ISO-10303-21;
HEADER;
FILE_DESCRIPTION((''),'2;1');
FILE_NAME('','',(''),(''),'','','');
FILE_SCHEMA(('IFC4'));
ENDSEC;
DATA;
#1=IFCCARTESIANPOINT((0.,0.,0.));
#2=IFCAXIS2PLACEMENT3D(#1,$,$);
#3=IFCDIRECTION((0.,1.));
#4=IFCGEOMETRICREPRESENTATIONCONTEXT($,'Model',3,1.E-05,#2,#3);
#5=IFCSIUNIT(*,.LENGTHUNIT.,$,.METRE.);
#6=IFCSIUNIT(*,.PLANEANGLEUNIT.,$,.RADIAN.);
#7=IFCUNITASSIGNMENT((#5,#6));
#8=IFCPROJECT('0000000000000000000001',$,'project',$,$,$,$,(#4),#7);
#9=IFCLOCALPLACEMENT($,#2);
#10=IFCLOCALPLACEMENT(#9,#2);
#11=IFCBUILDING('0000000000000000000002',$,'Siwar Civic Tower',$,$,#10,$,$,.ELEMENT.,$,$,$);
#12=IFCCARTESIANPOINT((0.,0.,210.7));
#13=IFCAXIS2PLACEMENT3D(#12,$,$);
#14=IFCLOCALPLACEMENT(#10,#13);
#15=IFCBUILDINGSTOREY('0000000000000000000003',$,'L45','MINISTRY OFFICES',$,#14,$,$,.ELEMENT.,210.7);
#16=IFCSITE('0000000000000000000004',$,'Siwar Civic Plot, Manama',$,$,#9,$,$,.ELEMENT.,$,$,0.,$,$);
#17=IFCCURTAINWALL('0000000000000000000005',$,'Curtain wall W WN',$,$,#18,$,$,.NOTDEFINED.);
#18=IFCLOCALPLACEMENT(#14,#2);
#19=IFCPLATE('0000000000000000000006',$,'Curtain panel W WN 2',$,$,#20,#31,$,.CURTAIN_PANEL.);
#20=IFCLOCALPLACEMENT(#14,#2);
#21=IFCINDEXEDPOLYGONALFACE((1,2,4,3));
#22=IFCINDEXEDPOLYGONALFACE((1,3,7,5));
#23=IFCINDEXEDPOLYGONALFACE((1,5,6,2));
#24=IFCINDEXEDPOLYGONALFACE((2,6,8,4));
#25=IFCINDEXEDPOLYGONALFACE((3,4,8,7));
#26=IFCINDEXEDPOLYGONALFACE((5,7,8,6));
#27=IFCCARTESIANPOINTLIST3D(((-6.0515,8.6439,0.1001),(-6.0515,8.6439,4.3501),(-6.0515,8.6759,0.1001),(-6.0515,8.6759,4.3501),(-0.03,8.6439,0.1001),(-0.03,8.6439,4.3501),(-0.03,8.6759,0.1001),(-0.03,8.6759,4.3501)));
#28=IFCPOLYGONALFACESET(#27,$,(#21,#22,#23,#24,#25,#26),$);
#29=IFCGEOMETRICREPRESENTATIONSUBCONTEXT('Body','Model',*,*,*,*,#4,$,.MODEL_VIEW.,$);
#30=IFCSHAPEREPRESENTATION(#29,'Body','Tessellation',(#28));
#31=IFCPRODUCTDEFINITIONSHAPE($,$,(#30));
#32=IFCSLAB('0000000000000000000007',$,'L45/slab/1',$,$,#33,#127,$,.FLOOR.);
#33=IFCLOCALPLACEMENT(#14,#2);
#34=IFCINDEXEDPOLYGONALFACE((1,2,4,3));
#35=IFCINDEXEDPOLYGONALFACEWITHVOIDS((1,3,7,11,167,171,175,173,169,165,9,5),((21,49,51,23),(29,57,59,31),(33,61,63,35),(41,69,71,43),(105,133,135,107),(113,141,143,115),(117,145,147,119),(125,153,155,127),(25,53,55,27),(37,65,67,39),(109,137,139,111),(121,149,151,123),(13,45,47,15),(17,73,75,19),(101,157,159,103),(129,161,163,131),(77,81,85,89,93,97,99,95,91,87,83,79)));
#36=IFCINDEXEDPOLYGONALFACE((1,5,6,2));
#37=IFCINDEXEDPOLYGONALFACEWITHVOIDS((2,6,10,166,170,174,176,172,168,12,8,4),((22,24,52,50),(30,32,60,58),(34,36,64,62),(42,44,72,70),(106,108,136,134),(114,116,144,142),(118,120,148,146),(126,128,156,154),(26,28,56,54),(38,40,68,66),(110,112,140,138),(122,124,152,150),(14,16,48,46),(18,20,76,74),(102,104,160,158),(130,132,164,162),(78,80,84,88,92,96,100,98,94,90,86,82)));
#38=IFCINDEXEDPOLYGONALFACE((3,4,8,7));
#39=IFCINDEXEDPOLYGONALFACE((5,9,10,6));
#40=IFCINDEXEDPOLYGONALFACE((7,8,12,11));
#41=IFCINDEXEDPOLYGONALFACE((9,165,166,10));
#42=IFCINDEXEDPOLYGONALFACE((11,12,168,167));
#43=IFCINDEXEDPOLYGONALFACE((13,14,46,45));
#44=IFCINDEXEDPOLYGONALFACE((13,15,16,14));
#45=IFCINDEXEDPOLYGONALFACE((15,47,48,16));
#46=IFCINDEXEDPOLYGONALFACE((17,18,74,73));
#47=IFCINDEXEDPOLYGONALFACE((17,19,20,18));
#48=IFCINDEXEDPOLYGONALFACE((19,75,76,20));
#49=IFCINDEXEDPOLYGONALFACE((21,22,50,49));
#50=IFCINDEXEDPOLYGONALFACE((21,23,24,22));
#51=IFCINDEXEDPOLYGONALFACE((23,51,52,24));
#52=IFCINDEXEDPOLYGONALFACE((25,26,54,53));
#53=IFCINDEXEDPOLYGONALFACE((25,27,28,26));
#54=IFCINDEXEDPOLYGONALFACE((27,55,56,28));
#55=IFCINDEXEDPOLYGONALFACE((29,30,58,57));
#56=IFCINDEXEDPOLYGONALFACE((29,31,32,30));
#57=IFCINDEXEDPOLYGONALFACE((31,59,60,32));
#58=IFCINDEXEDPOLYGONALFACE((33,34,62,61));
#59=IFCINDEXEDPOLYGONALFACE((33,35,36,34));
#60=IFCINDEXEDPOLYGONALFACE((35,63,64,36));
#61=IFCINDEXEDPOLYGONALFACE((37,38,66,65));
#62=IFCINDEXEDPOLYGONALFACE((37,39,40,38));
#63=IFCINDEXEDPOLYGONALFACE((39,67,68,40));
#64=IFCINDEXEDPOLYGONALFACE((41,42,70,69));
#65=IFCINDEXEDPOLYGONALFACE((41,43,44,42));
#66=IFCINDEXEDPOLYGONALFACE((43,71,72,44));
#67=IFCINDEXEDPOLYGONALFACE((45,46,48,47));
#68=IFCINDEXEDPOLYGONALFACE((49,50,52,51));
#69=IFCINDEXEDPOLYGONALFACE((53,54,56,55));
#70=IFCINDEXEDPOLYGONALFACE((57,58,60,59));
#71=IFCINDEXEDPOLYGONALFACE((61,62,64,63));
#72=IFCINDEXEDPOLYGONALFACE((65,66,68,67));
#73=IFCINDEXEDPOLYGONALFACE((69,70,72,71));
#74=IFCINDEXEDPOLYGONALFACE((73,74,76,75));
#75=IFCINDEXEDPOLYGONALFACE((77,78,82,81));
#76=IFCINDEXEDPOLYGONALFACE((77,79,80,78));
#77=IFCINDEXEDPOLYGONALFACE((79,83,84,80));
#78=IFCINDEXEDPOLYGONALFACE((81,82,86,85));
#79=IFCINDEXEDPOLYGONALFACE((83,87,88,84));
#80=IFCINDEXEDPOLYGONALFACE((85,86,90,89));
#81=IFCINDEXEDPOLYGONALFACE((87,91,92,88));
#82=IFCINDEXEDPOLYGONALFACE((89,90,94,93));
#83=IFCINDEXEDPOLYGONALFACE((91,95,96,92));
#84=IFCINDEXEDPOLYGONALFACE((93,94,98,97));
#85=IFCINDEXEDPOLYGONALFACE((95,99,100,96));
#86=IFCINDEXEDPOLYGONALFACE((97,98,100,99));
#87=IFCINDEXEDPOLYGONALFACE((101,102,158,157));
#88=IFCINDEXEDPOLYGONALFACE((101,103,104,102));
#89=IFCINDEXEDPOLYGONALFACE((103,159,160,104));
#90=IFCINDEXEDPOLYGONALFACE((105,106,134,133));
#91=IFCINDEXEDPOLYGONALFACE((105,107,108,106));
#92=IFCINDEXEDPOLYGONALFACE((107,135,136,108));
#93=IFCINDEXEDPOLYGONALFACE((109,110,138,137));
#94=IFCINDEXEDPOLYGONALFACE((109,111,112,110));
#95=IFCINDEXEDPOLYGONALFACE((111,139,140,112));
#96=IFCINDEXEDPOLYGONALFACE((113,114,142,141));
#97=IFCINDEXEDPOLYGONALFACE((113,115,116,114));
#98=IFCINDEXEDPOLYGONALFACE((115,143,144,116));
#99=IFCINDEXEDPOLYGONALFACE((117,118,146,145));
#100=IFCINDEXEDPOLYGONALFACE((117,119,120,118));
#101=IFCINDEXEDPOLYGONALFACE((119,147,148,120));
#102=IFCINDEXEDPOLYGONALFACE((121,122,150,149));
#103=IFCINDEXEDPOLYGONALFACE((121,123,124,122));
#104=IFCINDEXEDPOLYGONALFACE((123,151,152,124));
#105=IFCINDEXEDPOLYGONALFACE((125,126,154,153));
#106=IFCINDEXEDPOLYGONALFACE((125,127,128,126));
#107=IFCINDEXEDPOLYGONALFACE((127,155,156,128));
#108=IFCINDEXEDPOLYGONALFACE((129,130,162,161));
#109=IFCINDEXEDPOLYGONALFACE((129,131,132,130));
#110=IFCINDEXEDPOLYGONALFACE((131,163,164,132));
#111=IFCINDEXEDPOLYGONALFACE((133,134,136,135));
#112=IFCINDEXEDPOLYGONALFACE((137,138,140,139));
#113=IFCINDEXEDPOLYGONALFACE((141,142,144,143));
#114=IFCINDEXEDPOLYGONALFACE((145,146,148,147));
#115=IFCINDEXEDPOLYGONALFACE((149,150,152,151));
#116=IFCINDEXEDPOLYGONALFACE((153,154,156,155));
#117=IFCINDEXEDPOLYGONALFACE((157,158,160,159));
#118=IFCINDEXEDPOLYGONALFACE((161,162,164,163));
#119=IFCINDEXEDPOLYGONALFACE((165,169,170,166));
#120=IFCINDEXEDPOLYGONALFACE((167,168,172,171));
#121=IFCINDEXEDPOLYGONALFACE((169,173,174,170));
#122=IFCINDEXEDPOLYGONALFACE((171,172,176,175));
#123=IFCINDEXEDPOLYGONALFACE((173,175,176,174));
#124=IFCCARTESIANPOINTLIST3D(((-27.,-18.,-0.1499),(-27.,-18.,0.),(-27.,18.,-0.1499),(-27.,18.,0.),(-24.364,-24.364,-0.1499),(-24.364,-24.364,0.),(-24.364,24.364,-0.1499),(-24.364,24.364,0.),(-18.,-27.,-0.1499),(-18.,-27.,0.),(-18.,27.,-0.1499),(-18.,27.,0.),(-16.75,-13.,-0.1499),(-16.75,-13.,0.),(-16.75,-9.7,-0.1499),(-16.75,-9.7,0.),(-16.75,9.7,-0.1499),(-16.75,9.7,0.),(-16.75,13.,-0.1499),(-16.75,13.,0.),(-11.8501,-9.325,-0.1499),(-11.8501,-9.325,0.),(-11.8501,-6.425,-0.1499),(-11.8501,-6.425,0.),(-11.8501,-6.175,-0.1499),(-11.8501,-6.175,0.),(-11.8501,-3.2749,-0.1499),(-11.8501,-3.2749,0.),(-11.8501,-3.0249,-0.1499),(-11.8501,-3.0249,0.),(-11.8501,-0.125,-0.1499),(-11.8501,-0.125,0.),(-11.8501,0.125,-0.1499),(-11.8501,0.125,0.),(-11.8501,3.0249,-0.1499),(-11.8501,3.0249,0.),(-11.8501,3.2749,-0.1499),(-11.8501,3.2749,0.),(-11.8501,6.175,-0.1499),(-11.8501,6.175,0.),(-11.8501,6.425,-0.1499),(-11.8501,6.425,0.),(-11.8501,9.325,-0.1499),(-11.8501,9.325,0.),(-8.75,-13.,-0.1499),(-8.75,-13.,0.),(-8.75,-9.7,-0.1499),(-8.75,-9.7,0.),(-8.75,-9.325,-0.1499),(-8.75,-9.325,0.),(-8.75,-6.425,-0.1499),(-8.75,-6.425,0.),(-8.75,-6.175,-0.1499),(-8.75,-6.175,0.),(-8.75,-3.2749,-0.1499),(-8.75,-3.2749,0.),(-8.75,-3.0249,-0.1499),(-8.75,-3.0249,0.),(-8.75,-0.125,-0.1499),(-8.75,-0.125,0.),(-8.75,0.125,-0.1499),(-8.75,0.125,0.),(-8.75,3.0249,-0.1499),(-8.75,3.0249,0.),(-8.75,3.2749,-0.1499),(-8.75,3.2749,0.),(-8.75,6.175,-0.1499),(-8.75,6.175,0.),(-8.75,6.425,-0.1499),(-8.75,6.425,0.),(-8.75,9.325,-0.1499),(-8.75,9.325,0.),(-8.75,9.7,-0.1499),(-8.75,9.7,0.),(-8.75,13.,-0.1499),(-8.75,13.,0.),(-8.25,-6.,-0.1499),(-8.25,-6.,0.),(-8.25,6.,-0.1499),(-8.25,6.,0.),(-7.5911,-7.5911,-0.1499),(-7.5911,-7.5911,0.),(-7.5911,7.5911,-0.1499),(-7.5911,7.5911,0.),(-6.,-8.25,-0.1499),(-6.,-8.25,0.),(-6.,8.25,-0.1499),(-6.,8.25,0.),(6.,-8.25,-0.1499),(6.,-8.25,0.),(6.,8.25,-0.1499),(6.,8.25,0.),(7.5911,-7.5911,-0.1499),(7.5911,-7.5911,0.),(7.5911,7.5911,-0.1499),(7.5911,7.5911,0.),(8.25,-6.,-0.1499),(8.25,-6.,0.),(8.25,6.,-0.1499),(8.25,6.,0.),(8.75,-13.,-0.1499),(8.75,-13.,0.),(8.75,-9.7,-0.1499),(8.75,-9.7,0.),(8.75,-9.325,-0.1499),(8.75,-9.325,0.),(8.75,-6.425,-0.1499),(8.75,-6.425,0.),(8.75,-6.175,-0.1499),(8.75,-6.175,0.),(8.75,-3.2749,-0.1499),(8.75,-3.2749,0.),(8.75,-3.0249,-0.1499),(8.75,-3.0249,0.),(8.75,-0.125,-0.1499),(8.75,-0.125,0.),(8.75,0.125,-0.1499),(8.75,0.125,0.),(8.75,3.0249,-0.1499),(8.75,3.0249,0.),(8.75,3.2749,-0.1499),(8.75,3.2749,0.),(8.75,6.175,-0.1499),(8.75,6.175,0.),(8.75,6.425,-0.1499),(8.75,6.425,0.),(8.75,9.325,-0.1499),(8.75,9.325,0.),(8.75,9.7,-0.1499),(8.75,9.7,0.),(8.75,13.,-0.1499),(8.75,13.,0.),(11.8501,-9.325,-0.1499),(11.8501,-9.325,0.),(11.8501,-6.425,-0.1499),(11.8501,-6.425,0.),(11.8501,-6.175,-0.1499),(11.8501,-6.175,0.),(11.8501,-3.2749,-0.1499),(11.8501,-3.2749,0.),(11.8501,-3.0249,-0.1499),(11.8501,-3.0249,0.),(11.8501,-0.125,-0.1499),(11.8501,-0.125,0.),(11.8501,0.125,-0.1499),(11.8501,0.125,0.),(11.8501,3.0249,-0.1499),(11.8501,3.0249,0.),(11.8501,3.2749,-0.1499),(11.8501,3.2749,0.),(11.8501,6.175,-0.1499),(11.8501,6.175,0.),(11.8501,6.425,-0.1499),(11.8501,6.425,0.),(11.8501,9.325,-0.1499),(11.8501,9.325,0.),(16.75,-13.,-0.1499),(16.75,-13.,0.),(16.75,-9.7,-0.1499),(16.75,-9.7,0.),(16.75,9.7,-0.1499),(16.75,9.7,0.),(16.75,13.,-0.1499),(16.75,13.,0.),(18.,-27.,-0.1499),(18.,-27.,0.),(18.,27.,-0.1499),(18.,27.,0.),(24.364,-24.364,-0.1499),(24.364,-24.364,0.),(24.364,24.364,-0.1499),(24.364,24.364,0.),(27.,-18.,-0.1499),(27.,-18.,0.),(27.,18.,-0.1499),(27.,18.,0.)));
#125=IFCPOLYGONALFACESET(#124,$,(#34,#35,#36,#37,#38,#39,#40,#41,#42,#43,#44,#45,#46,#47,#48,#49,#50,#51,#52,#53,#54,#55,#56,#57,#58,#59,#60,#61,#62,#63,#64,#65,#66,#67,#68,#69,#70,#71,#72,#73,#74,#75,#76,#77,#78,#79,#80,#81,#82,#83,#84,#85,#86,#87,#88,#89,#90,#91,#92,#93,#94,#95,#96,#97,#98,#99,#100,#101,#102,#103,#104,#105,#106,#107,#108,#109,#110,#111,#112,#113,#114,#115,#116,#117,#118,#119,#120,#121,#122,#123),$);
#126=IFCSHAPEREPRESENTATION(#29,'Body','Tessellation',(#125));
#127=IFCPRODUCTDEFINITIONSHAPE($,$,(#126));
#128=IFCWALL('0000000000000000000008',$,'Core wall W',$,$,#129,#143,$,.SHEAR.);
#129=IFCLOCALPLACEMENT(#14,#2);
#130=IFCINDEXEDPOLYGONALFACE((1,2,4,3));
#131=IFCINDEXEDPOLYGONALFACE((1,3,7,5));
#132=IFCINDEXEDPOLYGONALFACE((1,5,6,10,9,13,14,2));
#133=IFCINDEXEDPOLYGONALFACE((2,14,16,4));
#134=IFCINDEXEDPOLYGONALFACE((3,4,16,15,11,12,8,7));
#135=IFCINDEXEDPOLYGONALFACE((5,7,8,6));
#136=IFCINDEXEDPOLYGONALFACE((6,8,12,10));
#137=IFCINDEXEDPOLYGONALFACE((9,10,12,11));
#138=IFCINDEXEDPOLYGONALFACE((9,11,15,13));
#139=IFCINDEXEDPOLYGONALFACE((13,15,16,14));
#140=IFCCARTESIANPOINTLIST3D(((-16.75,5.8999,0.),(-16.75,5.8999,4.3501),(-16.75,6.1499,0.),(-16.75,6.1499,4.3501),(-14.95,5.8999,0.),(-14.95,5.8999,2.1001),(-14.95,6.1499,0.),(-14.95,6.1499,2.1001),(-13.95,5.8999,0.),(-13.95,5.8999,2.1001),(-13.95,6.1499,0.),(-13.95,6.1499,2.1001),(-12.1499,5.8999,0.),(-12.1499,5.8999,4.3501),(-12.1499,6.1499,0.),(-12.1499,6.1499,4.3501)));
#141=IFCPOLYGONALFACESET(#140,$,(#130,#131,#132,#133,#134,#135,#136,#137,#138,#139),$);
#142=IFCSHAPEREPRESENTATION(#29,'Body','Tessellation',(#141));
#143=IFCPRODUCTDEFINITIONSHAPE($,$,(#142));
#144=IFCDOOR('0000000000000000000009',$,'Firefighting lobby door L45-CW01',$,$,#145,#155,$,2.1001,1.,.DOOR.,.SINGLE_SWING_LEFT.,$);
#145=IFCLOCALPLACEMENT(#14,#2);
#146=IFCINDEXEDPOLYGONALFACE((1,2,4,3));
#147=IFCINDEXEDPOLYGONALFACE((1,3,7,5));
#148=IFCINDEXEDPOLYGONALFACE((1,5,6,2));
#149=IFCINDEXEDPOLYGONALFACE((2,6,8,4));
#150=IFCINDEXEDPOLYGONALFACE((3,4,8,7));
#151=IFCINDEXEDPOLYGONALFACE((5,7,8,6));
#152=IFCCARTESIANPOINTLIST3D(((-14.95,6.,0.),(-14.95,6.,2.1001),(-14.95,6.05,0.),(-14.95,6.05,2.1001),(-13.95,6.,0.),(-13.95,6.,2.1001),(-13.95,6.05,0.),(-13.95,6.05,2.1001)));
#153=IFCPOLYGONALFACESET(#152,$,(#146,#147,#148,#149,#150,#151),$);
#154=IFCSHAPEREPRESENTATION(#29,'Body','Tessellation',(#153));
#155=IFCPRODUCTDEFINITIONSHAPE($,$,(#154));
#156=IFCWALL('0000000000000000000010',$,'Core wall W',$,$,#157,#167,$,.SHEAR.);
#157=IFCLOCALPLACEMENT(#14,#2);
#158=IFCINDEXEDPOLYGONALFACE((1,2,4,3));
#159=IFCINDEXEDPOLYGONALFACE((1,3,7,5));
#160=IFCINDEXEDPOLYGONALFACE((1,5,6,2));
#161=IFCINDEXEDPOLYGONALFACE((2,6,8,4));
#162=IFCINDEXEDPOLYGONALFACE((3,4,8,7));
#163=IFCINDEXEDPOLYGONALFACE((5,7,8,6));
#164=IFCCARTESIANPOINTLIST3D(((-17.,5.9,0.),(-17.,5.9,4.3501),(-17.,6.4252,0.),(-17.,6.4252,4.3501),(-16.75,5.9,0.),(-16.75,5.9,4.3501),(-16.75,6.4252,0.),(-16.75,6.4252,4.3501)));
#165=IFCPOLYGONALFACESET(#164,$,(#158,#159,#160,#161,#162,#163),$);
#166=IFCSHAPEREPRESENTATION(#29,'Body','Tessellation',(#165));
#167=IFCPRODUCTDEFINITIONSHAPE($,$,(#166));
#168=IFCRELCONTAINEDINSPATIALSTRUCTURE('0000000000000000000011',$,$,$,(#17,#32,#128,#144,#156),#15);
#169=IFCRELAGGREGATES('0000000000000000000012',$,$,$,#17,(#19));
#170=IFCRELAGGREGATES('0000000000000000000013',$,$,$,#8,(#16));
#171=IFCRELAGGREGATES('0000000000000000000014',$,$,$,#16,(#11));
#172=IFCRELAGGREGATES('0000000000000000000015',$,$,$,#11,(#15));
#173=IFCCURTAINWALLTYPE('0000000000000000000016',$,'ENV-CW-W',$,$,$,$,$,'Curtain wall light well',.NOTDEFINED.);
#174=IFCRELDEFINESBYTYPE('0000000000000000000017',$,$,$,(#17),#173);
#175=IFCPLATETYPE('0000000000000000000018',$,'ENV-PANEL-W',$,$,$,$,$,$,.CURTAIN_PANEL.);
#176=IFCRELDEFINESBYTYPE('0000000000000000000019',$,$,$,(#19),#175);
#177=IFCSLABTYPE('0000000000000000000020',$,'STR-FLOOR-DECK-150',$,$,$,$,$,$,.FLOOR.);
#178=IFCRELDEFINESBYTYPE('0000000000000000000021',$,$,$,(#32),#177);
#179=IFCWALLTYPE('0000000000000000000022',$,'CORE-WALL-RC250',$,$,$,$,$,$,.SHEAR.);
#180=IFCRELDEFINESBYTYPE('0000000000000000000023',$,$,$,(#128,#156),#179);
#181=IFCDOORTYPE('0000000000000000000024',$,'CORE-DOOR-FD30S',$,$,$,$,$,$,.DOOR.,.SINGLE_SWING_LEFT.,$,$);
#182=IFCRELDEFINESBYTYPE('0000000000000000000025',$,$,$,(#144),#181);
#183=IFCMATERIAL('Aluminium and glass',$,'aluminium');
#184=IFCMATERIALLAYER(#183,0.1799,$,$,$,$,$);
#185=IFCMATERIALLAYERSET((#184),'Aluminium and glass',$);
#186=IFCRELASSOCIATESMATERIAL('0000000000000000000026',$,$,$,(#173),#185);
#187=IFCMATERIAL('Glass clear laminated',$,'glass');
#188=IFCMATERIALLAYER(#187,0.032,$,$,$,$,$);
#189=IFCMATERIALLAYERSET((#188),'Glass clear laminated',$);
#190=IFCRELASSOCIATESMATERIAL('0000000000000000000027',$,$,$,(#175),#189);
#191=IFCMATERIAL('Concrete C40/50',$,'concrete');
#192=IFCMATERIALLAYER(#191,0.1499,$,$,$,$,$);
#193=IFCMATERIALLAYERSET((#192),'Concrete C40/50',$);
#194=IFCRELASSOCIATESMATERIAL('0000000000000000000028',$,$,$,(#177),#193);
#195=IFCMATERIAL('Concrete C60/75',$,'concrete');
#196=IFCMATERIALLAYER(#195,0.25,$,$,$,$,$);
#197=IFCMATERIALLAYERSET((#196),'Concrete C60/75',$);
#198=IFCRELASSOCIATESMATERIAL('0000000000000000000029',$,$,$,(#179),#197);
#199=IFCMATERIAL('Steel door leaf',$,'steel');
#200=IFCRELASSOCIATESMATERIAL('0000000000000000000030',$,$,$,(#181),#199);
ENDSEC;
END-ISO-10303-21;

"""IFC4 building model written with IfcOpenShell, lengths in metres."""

from ifc_helpers import new_model, si_unit, direction, frame, frame_2d, origin, origin_2d, place, context, subcontext, project, spatial, polyline, rectangle, outline, extrude, material, layer, layer_set, type_object, element, fill, aggregate, save


model = new_model("IFC4")

# Units and contexts
model_context = context("Model", 3, precision=1e-05, world=origin(), true_north=direction((0.0, 1.0)))
body_context = subcontext(model_context, "Body", "Model", "MODEL_VIEW")
ifc_project = project(units=[si_unit("LENGTHUNIT", "METRE"), si_unit("PLANEANGLEUNIT", "RADIAN")], contexts=[model_context])

# Site, building, storey
site_placement = place(None, origin())
site = spatial("IfcSite", under=ifc_project, at=site_placement, Name="Siwar Civic Plot, Manama", CompositionType="ELEMENT", RefElevation=0.0)
building_placement = place(site_placement, origin())
building = spatial("IfcBuilding", under=site, at=building_placement, Name="Siwar Civic Tower", CompositionType="ELEMENT")
storey_placement = place(building_placement, frame((0.0, 0.0, 210.7)))
storey = spatial("IfcBuildingStorey", under=building, at=storey_placement, Name="L45", Description="MINISTRY OFFICES", CompositionType="ELEMENT", Elevation=210.7)

# Curtain wall
ifc_material_1 = material(Name="Aluminium and glass", Category="aluminium")
ifc_layer_1 = layer(ifc_material_1, 0.1799)
ifc_layer_set_1 = layer_set([ifc_layer_1], Name="Aluminium and glass")
curtain_wall_type = type_object("IfcCurtainWallType", Name="ENV-CW-W", ElementType="Curtain wall light well", PredefinedType="NOTDEFINED", material=ifc_layer_set_1)
curtain_wall_placement = place(storey_placement, origin())
curtain_wall = element("IfcCurtainWall", 1, at=curtain_wall_placement, inside=storey, type_object=curtain_wall_type, Name="Curtain wall W WN", PredefinedType="NOTDEFINED")

# Plate
ifc_material_2 = material(Name="Glass clear laminated", Category="glass")
ifc_layer_2 = layer(ifc_material_2, 0.032)
ifc_layer_set_2 = layer_set([ifc_layer_2], Name="Glass clear laminated")
plate_type = type_object("IfcPlateType", Name="ENV-PANEL-W", PredefinedType="CURTAIN_PANEL", material=ifc_layer_set_2)
plate_placement = place(storey_placement, frame((-3.0408, 8.6599, 0.1001), z_axis=(0.0, 0.0, 1.0), x_axis=(-1.0, 0.0, 0.0)))
plate = element("IfcPlate", 2, at=plate_placement, type_object=plate_type, Name="Curtain panel W WN 2", PredefinedType="CURTAIN_PANEL", context=body_context, shape_type="SweptSolid", body=[
    extrude(rectangle(XDim=6.0215, YDim=0.032, at=origin_2d()), origin(), (0.0, 0.0, 1.0), 4.25),
])
aggregate(curtain_wall, [plate])

# Slab
ifc_material_3 = material(Name="Concrete C40/50", Category="concrete")
ifc_layer_3 = layer(ifc_material_3, 0.1499)
ifc_layer_set_3 = layer_set([ifc_layer_3], Name="Concrete C40/50")
slab_type = type_object("IfcSlabType", Name="STR-FLOOR-DECK-150", PredefinedType="FLOOR", material=ifc_layer_set_3)
slab_placement = place(storey_placement, frame((0.0, 0.0, -0.1499)))
element("IfcSlab", 3, at=slab_placement, inside=storey, type_object=slab_type, Name="L45/slab/1", PredefinedType="FLOOR", context=body_context, shape_type="SweptSolid", body=[
    extrude(outline(polyline([(-18.0, -27.0), (18.0, -27.0), (24.364, -24.364), (27.0, -18.0), (27.0, 18.0), (24.364, 24.364), (18.0, 27.0), (-18.0, 27.0), (-24.364, 24.364), (-27.0, 18.0), (-27.0, -18.0), (-24.364, -24.364), (-18.0, -27.0)]), holes=[polyline([(16.75, 13.0), (16.75, 9.7), (8.75, 9.7), (8.75, 13.0), (16.75, 13.0)]), polyline([(8.75, -9.7), (16.75, -9.7), (16.75, -13.0), (8.75, -13.0), (8.75, -9.7)]), polyline([(11.8501, 9.325), (11.8501, 6.425), (8.75, 6.425), (8.75, 9.325), (11.8501, 9.325)]), polyline([(8.75, 6.175), (11.8501, 6.175), (11.8501, 3.2749), (8.75, 3.2749), (8.75, 6.175)]), polyline([(8.75, 3.0249), (11.8501, 3.0249), (11.8501, 0.125), (8.75, 0.125), (8.75, 3.0249)]), polyline([(8.75, -0.125), (11.8501, -0.125), (11.8501, -3.0249), (8.75, -3.0249), (8.75, -0.125)]), polyline([(8.75, -3.2749), (11.8501, -3.2749), (11.8501, -6.175), (8.75, -6.175), (8.75, -3.2749)]), polyline([(8.75, -6.425), (11.8501, -6.425), (11.8501, -9.325), (8.75, -9.325), (8.75, -6.425)]), polyline([(-6.0, 8.25), (6.0, 8.25), (7.5911, 7.5911), (8.25, 6.0), (8.25, -6.0), (7.5911, -7.5911), (6.0, -8.25), (-6.0, -8.25), (-7.5911, -7.5911), (-8.25, -6.0), (-8.25, 6.0), (-7.5911, 7.5911), (-6.0, 8.25)]), polyline([(-8.75, -13.0), (-16.75, -13.0), (-16.75, -9.7), (-8.75, -9.7), (-8.75, -13.0)]), polyline([(-8.75, 9.7), (-16.75, 9.7), (-16.75, 13.0), (-8.75, 13.0), (-8.75, 9.7)]), polyline([(-8.75, 6.425), (-11.8501, 6.425), (-11.8501, 9.325), (-8.75, 9.325), (-8.75, 6.425)]), polyline([(-8.75, 3.2749), (-11.8501, 3.2749), (-11.8501, 6.175), (-8.75, 6.175), (-8.75, 3.2749)]), polyline([(-8.75, 0.125), (-11.8501, 0.125), (-11.8501, 3.0249), (-8.75, 3.0249), (-8.75, 0.125)]), polyline([(-8.75, -3.0249), (-11.8501, -3.0249), (-11.8501, -0.125), (-8.75, -0.125), (-8.75, -3.0249)]), polyline([(-8.75, -6.175), (-11.8501, -6.175), (-11.8501, -3.2749), (-8.75, -3.2749), (-8.75, -6.175)]), polyline([(-8.75, -9.325), (-11.8501, -9.325), (-11.8501, -6.425), (-8.75, -6.425), (-8.75, -9.325)])]), origin(), (0.0, 0.0, 1.0), 0.1499),
])

# Wall, opening, door
ifc_material_4 = material(Name="Concrete C60/75", Category="concrete")
ifc_layer_4 = layer(ifc_material_4, 0.25)
ifc_layer_set_4 = layer_set([ifc_layer_4], Name="Concrete C60/75")
wall_type_1 = type_object("IfcWallType", Name="CORE-WALL-RC250", PredefinedType="SHEAR", material=ifc_layer_set_4)
wall_1_placement = place(storey_placement, frame((-12.1499, 6.0249, 0.0), z_axis=(0.0, 0.0, 1.0), x_axis=(-1.0, 0.0, 0.0)))
wall_1 = element("IfcWall", 4, at=wall_1_placement, inside=storey, type_object=wall_type_1, Name="Core wall W", PredefinedType="SHEAR", context=body_context, shape_type="SweptSolid", body=[
    extrude(rectangle(XDim=4.6001, YDim=0.25, at=frame_2d((2.3, 0.0))), origin(), (0.0, 0.0, 1.0), 4.3501),
])
opening_1_placement = place(wall_1_placement, frame((1.8, 0.0, 0.0)))
opening_1 = element("IfcOpeningElement", 5, at=opening_1_placement, cuts=wall_1, PredefinedType="OPENING", context=body_context, shape_type="SweptSolid", body=[
    extrude(rectangle(XDim=1.0, YDim=2.1001, at=frame_2d((0.5, 1.05))), frame((0.0, 0.135, 0.0), z_axis=(0.0, -1.0, 0.0), x_axis=(1.0, 0.0, 0.0)), (0.0, 0.0, 1.0), 0.27),
])
ifc_material_5 = material(Name="Steel door leaf", Category="steel")
door_type_1 = type_object("IfcDoorType", Name="CORE-DOOR-FD30S", OperationType="SINGLE_SWING_LEFT", PredefinedType="DOOR", material=ifc_material_5)
door_1_placement = place(opening_1_placement, origin())
door_1 = element("IfcDoor", 6, at=door_1_placement, inside=storey, type_object=door_type_1, Name="Firefighting lobby door L45-CW01", OperationType="SINGLE_SWING_LEFT", OverallHeight=2.1001, OverallWidth=1.0, PredefinedType="DOOR", context=body_context, shape_type="SweptSolid", body=[
    extrude(rectangle(XDim=1.0, YDim=2.1001, at=frame_2d((0.5, 1.05))), frame((0.0, 0.0249, 0.0), z_axis=(0.0, -1.0, 0.0), x_axis=(1.0, 0.0, 0.0)), (0.0, 0.0, 1.0), 0.05),
])
fill(opening_1, door_1)

# Wall
wall_2_placement = place(storey_placement, frame((-16.875, 5.8999, 0.0), z_axis=(0.0, 0.0, 1.0), x_axis=(0.0, 1.0, 0.0)))
element("IfcWall", 7, at=wall_2_placement, inside=storey, type_object=wall_type_1, Name="Core wall W", PredefinedType="SHEAR", context=body_context, shape_type="SweptSolid", body=[
    extrude(rectangle(XDim=0.5251, YDim=0.25, at=frame_2d((0.2627, 0.0))), origin(), (0.0, 0.0, 1.0), 4.3501),
])

save(model, "model.ifc")
